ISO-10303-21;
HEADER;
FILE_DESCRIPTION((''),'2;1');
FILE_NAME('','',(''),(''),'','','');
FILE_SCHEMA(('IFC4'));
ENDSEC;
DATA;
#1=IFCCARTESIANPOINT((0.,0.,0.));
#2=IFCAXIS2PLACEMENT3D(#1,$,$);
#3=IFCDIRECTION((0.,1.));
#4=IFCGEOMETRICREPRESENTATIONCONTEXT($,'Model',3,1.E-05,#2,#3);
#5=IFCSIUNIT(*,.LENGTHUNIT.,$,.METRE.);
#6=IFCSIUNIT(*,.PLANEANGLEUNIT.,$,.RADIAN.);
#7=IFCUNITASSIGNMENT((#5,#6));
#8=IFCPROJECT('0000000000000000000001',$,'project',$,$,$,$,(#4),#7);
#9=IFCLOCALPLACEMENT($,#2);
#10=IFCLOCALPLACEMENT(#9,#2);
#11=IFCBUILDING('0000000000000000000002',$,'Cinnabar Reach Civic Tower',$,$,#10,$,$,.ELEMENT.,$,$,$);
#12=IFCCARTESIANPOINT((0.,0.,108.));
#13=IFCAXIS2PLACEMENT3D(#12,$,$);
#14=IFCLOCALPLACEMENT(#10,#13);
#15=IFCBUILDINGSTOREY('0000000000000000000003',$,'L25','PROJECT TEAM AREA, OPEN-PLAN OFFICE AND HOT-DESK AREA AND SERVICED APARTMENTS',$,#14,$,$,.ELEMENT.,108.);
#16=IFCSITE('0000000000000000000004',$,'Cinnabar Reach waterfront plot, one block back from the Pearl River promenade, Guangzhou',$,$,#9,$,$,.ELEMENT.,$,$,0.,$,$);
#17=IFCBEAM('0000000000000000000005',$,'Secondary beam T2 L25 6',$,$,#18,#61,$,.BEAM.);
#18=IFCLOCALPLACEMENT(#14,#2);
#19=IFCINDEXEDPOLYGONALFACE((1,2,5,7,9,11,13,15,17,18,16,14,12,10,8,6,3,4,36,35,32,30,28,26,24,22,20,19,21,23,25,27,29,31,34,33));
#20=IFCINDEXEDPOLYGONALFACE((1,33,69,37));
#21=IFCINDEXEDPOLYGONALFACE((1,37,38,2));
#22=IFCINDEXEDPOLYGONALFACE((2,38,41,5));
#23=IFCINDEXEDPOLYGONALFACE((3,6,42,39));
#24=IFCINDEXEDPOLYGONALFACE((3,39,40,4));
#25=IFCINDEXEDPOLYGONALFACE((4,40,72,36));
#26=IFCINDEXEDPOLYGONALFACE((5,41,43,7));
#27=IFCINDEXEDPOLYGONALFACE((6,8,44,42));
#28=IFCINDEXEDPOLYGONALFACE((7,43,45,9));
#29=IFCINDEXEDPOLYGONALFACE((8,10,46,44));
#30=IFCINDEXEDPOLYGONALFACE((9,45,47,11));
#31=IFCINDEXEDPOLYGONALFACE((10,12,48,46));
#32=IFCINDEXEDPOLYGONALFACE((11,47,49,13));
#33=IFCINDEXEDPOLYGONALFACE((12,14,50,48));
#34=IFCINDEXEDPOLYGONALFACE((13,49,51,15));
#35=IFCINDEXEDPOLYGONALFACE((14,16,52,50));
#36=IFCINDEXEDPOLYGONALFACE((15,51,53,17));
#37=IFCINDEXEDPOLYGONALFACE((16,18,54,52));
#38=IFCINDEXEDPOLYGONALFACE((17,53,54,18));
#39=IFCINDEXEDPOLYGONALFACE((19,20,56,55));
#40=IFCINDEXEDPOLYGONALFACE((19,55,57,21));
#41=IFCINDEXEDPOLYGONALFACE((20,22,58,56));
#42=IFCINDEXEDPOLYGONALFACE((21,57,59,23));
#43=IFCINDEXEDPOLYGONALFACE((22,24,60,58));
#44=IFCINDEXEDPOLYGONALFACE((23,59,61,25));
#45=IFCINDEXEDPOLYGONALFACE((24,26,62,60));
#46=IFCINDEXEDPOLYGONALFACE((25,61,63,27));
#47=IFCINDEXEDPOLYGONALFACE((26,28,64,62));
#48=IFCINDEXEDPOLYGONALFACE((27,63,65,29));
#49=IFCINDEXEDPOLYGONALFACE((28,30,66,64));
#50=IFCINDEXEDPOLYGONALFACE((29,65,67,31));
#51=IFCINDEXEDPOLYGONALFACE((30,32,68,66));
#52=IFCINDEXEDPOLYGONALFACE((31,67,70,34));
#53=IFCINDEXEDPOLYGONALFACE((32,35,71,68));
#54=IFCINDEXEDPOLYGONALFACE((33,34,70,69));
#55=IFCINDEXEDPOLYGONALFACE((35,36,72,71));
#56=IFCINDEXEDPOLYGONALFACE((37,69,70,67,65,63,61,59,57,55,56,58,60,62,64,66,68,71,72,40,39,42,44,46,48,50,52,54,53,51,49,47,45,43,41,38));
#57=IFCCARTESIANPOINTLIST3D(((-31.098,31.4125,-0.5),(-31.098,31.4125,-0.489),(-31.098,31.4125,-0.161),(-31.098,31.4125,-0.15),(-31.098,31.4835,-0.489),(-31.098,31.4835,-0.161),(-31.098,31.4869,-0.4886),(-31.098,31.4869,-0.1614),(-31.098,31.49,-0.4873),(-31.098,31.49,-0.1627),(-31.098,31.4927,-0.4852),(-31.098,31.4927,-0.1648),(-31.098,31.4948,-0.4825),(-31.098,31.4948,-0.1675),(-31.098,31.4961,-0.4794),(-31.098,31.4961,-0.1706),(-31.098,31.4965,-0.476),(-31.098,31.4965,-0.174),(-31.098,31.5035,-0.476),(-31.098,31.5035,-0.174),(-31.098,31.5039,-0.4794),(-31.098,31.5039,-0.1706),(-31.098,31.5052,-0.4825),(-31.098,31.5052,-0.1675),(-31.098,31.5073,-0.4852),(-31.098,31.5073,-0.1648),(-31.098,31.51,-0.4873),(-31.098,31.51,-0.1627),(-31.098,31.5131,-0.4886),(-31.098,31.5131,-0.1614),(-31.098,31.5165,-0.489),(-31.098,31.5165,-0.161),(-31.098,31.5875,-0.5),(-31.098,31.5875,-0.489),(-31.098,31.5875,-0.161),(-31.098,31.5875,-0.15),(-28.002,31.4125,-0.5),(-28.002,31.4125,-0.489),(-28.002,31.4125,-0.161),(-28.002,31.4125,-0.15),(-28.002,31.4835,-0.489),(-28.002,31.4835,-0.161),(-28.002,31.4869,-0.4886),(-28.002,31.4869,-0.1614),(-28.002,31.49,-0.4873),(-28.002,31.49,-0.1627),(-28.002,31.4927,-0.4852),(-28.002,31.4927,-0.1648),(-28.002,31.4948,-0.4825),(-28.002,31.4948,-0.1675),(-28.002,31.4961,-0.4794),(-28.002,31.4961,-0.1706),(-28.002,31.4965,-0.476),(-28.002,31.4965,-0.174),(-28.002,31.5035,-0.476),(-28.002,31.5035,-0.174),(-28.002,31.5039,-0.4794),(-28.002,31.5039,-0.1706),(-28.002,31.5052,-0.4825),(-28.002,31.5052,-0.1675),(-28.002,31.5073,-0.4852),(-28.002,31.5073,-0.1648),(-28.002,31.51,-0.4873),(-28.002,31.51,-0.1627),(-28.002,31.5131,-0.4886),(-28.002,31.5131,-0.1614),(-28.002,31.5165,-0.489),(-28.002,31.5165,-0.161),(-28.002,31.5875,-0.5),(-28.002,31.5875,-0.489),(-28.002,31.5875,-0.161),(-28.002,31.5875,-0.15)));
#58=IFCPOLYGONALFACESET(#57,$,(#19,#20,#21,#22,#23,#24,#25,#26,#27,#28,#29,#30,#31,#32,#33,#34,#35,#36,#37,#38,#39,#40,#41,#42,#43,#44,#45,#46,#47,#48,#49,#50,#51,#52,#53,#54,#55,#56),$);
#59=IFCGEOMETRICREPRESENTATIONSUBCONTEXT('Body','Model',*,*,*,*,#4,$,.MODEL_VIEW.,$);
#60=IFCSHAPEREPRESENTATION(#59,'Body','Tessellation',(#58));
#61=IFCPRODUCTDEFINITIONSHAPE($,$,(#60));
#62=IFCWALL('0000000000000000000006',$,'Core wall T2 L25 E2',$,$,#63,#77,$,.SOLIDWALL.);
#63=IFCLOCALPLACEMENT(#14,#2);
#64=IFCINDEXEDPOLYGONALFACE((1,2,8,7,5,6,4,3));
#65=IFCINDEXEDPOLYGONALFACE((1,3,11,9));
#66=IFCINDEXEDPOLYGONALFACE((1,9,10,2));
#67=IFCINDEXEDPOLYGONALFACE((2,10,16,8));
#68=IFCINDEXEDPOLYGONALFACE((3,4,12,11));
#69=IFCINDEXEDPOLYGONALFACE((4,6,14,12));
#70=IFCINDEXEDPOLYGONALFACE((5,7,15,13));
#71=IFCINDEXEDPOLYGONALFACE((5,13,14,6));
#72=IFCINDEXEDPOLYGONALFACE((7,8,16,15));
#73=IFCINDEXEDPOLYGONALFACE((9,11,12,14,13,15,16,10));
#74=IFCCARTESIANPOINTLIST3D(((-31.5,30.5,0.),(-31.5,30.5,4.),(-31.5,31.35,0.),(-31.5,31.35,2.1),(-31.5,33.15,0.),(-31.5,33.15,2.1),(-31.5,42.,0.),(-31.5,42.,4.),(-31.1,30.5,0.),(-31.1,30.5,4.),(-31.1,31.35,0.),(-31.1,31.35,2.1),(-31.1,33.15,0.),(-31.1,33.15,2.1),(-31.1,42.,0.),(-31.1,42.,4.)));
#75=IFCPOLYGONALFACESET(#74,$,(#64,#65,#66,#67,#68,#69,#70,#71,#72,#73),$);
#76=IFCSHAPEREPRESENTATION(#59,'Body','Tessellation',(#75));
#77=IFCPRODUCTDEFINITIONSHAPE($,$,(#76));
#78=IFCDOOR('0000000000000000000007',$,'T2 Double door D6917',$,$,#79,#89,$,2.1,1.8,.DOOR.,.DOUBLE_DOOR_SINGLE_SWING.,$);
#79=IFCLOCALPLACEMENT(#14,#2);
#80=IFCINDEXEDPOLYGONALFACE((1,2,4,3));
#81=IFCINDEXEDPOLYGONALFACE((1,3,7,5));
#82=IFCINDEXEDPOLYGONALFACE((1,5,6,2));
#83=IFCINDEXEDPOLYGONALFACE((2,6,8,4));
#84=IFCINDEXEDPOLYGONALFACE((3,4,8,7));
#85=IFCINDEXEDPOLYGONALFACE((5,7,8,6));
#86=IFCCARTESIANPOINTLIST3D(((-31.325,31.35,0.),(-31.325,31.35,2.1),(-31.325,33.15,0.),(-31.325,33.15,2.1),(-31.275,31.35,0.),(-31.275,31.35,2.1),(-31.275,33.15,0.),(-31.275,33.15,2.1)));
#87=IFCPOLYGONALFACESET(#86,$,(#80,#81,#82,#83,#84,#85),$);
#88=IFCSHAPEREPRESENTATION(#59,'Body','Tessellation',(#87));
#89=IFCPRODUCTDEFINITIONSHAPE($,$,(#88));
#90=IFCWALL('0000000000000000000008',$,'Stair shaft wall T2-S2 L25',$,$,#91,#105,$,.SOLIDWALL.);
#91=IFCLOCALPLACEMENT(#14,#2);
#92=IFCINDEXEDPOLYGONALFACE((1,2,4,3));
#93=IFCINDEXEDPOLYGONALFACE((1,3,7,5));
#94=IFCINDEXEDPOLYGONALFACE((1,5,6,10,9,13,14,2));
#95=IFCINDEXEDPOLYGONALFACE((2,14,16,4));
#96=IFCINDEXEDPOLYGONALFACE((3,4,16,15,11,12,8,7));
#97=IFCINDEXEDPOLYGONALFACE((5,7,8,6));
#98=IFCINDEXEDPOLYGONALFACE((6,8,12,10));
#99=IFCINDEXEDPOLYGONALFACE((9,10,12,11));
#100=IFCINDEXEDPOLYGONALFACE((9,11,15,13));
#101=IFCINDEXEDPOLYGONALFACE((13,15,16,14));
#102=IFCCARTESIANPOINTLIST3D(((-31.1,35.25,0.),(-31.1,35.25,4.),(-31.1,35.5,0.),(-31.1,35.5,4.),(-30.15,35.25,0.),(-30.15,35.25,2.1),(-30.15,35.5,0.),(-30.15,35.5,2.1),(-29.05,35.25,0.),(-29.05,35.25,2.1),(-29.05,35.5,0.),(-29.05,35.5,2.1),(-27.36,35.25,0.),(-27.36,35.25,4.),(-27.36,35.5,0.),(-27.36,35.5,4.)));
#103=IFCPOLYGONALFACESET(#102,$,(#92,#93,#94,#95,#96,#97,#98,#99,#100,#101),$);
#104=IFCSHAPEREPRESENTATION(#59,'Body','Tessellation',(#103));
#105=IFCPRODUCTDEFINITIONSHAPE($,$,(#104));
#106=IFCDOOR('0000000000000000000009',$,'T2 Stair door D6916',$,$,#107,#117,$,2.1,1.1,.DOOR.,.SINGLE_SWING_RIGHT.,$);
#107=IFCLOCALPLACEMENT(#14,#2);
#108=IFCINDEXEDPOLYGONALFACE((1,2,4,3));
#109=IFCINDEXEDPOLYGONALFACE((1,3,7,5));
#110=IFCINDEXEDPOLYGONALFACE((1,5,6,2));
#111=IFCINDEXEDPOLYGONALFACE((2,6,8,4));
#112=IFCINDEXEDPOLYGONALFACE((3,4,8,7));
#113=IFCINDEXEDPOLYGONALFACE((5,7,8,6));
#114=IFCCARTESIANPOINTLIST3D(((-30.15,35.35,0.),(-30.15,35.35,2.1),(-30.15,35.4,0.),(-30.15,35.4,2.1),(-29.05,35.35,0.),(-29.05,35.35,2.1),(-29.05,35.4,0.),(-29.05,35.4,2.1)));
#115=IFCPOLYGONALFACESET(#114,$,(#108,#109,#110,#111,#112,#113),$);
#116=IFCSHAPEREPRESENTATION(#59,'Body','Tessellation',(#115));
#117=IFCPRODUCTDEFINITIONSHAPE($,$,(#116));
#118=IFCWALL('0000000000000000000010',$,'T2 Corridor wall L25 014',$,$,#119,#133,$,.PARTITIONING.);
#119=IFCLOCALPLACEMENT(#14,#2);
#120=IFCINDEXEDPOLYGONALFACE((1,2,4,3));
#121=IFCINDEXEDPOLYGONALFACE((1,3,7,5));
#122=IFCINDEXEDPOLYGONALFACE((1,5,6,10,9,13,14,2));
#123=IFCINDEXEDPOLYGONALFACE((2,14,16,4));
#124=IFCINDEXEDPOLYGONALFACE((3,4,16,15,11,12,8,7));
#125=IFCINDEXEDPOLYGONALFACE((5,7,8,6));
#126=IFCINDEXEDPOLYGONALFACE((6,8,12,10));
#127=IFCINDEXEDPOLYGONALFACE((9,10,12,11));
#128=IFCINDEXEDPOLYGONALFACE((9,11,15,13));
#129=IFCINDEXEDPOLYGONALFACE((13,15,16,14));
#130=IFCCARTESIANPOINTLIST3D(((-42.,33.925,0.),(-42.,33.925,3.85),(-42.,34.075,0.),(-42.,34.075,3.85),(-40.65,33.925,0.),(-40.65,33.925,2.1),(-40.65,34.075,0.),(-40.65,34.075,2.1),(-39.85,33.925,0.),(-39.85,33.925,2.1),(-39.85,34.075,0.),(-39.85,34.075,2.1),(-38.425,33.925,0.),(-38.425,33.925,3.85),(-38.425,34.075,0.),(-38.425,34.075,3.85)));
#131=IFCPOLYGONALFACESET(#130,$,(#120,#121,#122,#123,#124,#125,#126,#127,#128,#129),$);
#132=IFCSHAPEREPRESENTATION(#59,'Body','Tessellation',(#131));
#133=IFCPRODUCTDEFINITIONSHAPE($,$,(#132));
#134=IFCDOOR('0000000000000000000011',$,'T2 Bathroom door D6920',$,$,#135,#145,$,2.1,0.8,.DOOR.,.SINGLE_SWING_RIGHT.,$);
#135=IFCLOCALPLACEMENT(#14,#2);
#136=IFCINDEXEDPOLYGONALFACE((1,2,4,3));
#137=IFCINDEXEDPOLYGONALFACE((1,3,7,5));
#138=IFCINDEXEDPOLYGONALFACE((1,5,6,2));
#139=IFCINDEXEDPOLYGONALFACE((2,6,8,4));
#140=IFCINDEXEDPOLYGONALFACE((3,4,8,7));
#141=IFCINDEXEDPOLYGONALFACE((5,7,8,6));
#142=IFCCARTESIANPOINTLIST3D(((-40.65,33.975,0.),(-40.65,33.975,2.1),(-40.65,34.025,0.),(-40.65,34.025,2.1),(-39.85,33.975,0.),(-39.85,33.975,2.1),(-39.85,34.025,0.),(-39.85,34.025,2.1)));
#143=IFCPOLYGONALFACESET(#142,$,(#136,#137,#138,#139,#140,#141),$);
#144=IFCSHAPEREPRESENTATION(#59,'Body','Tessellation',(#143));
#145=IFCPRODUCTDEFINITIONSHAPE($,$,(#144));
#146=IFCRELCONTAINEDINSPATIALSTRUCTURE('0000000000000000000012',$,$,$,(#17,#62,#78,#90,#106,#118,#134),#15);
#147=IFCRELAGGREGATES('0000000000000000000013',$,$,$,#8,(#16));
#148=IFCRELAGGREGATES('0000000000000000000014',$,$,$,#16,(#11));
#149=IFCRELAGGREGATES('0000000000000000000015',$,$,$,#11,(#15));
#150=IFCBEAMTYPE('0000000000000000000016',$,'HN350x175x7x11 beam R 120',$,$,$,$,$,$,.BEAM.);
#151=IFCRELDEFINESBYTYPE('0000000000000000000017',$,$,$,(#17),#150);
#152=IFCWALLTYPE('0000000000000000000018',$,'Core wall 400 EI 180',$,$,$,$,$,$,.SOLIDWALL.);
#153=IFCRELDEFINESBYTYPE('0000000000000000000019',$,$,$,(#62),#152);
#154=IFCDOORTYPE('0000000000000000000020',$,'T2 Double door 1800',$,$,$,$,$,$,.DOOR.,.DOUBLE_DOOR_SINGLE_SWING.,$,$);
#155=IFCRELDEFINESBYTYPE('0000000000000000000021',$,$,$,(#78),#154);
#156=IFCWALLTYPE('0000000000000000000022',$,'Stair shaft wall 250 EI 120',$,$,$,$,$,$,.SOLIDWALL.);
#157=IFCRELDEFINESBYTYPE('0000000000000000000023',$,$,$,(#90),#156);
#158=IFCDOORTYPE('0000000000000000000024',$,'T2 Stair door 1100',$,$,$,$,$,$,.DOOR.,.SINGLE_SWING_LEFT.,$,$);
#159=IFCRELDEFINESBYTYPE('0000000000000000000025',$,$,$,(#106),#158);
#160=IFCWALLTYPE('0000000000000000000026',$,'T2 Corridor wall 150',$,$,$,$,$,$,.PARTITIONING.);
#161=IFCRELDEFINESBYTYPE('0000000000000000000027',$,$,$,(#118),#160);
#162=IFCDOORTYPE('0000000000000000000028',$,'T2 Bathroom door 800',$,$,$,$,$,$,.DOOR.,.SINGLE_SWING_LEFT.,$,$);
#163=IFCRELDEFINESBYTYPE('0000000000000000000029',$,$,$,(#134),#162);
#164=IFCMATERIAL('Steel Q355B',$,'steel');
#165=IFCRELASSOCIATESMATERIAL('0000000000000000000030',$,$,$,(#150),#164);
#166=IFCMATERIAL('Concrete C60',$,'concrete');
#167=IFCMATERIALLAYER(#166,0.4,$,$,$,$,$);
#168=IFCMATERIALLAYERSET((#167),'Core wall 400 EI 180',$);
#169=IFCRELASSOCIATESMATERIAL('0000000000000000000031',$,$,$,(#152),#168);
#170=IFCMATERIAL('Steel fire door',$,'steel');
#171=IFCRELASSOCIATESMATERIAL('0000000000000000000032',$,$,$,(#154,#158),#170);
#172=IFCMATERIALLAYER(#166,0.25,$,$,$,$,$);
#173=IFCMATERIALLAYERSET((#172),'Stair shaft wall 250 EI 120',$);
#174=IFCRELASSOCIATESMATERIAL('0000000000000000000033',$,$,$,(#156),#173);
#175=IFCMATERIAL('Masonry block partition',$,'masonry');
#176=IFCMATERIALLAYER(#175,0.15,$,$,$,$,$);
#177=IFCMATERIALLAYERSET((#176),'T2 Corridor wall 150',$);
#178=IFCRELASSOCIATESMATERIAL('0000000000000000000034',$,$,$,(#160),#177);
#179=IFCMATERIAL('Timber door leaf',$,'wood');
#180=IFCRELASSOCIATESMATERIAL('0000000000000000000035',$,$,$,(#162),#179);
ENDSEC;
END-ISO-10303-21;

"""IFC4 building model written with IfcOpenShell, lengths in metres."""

from ifc_helpers import new_model, si_unit, direction, frame, frame_2d, origin, origin_2d, place, context, subcontext, project, spatial, rectangle, i_section, extrude, material, layer, layer_set, material_profile, profile_set, type_object, element, fill, save


model = new_model("IFC4")

# Units and contexts
model_context = context("Model", 3, precision=1e-05, world=origin(), true_north=direction((0.0, 1.0)))
body_context = subcontext(model_context, "Body", "Model", "MODEL_VIEW")
ifc_project = project(units=[si_unit("LENGTHUNIT", "METRE"), si_unit("PLANEANGLEUNIT", "RADIAN")], contexts=[model_context])

# Site, building, storey
site_placement = place(None, origin())
site = spatial("IfcSite", under=ifc_project, at=site_placement, Name="Cinnabar Reach waterfront plot, one block back from the Pearl River promenade, Guangzhou", CompositionType="ELEMENT", RefElevation=0.0)
building_placement = place(site_placement, origin())
building = spatial("IfcBuilding", under=site, at=building_placement, Name="Cinnabar Reach Civic Tower", CompositionType="ELEMENT")
storey_placement = place(building_placement, frame((0.0, 0.0, 108.0)))
storey = spatial("IfcBuildingStorey", under=building, at=storey_placement, Name="L25", Description="PROJECT TEAM AREA, OPEN-PLAN OFFICE AND HOT-DESK AREA AND SERVICED APARTMENTS", CompositionType="ELEMENT", Elevation=108.0)

# Beam
ifc_material_1 = material(Name="Steel Q355B", Category="steel")
ifc_material_profile = material_profile(ifc_material_1, i_section(OverallWidth=0.175, OverallDepth=0.35, WebThickness=0.007, FlangeThickness=0.011, FilletRadius=0.013, at=origin_2d()), Name="HN350x175x7x11")
ifc_profile_set = profile_set([ifc_material_profile], Name="Steel Q355B")
beam_type = type_object("IfcBeamType", Name="HN350x175x7x11 beam R 120", PredefinedType="BEAM", material=ifc_profile_set)
beam_placement = place(storey_placement, frame((-31.098, 31.5, -0.325), z_axis=(1.0, 0.0, 0.0), x_axis=(0.0, 1.0, 0.0)))
element("IfcBeam", 1, at=beam_placement, inside=storey, type_object=beam_type, Name="Secondary beam T2 L25 6", PredefinedType="BEAM", context=body_context, shape_type="SweptSolid", body=[
    extrude(i_section(OverallWidth=0.175, OverallDepth=0.35, WebThickness=0.007, FlangeThickness=0.011, FilletRadius=0.013, at=origin_2d()), origin(), (0.0, 0.0, 1.0), 3.096),
])

# Walls, openings, doors
ifc_material_2 = material(Name="Concrete C60", Category="concrete")
ifc_layer_1 = layer(ifc_material_2, 0.4)
ifc_layer_set_1 = layer_set([ifc_layer_1], Name="Core wall 400 EI 180")
wall_type_1 = type_object("IfcWallType", Name="Core wall 400 EI 180", PredefinedType="SOLIDWALL", material=ifc_layer_set_1)
wall_1_placement = place(storey_placement, frame((-31.3, 30.5, 0.0), z_axis=(0.0, 0.0, 1.0), x_axis=(0.0, 1.0, 0.0)))
wall_1 = element("IfcWall", 2, at=wall_1_placement, inside=storey, type_object=wall_type_1, Name="Core wall T2 L25 E2", PredefinedType="SOLIDWALL", context=body_context, shape_type="SweptSolid", body=[
    extrude(rectangle(XDim=11.5, YDim=0.4, at=frame_2d((5.75, 0.0))), origin(), (0.0, 0.0, 1.0), 4.0),
])
opening_1_placement = place(wall_1_placement, frame((0.85, 0.0, 0.0)))
opening_1 = element("IfcOpeningElement", 3, at=opening_1_placement, cuts=wall_1, PredefinedType="OPENING", context=body_context, shape_type="SweptSolid", body=[
    extrude(rectangle(XDim=1.8, YDim=2.1, at=frame_2d((0.9, 1.05))), frame((0.0, 0.21, 0.0), z_axis=(0.0, -1.0, 0.0), x_axis=(1.0, 0.0, 0.0)), (0.0, 0.0, 1.0), 0.42),
])
ifc_material_3 = material(Name="Steel fire door", Category="steel")
door_type_1 = type_object("IfcDoorType", Name="T2 Double door 1800", OperationType="DOUBLE_DOOR_SINGLE_SWING", PredefinedType="DOOR", material=ifc_material_3)
door_1_placement = place(opening_1_placement, origin())
door_1 = element("IfcDoor", 4, at=door_1_placement, inside=storey, type_object=door_type_1, Name="T2 Double door D6917", OperationType="DOUBLE_DOOR_SINGLE_SWING", OverallHeight=2.1, OverallWidth=1.8, PredefinedType="DOOR", context=body_context, shape_type="SweptSolid", body=[
    extrude(rectangle(XDim=1.8, YDim=2.1, at=frame_2d((0.9, 1.05))), frame((0.0, 0.025, 0.0), z_axis=(0.0, -1.0, 0.0), x_axis=(1.0, 0.0, 0.0)), (0.0, 0.0, 1.0), 0.05),
])
fill(opening_1, door_1)
ifc_layer_2 = layer(ifc_material_2, 0.25)
ifc_layer_set_2 = layer_set([ifc_layer_2], Name="Stair shaft wall 250 EI 120")
wall_type_2 = type_object("IfcWallType", Name="Stair shaft wall 250 EI 120", PredefinedType="SOLIDWALL", material=ifc_layer_set_2)
wall_2_placement = place(storey_placement, frame((-31.1, 35.375, 0.0), z_axis=(0.0, 0.0, 1.0), x_axis=(1.0, 0.0, 0.0)))
wall_2 = element("IfcWall", 5, at=wall_2_placement, inside=storey, type_object=wall_type_2, Name="Stair shaft wall T2-S2 L25", PredefinedType="SOLIDWALL", context=body_context, shape_type="SweptSolid", body=[
    extrude(rectangle(XDim=3.74, YDim=0.25, at=frame_2d((1.87, 0.0))), origin(), (0.0, 0.0, 1.0), 4.0),
])
opening_2_placement = place(wall_2_placement, frame((0.95, 0.0, 0.0)))
opening_2 = element("IfcOpeningElement", 6, at=opening_2_placement, cuts=wall_2, PredefinedType="OPENING", context=body_context, shape_type="SweptSolid", body=[
    extrude(rectangle(XDim=1.1, YDim=2.1, at=frame_2d((0.55, 1.05))), frame((0.0, 0.135, 0.0), z_axis=(0.0, -1.0, 0.0), x_axis=(1.0, 0.0, 0.0)), (0.0, 0.0, 1.0), 0.27),
])
door_type_2 = type_object("IfcDoorType", Name="T2 Stair door 1100", OperationType="SINGLE_SWING_LEFT", PredefinedType="DOOR", material=ifc_material_3)
door_2_placement = place(opening_2_placement, origin())
door_2 = element("IfcDoor", 7, at=door_2_placement, inside=storey, type_object=door_type_2, Name="T2 Stair door D6916", OperationType="SINGLE_SWING_RIGHT", OverallHeight=2.1, OverallWidth=1.1, PredefinedType="DOOR", context=body_context, shape_type="SweptSolid", body=[
    extrude(rectangle(XDim=1.1, YDim=2.1, at=frame_2d((0.55, 1.05))), frame((0.0, 0.025, 0.0), z_axis=(0.0, -1.0, 0.0), x_axis=(1.0, 0.0, 0.0)), (0.0, 0.0, 1.0), 0.05),
])
fill(opening_2, door_2)
ifc_material_4 = material(Name="Masonry block partition", Category="masonry")
ifc_layer_3 = layer(ifc_material_4, 0.15)
ifc_layer_set_3 = layer_set([ifc_layer_3], Name="T2 Corridor wall 150")
wall_type_3 = type_object("IfcWallType", Name="T2 Corridor wall 150", PredefinedType="PARTITIONING", material=ifc_layer_set_3)
wall_3_placement = place(storey_placement, frame((-38.425, 34.0, 0.0), z_axis=(0.0, 0.0, 1.0), x_axis=(-1.0, 0.0, 0.0)))
wall_3 = element("IfcWall", 8, at=wall_3_placement, inside=storey, type_object=wall_type_3, Name="T2 Corridor wall L25 014", PredefinedType="PARTITIONING", context=body_context, shape_type="SweptSolid", body=[
    extrude(rectangle(XDim=3.575, YDim=0.15, at=frame_2d((1.7875, 0.0))), origin(), (0.0, 0.0, 1.0), 3.85),
])
opening_3_placement = place(wall_3_placement, frame((1.425, 0.0, 0.0)))
opening_3 = element("IfcOpeningElement", 9, at=opening_3_placement, cuts=wall_3, PredefinedType="OPENING", context=body_context, shape_type="SweptSolid", body=[
    extrude(rectangle(XDim=0.8, YDim=2.1, at=frame_2d((0.4, 1.05))), frame((0.0, 0.085, 0.0), z_axis=(0.0, -1.0, 0.0), x_axis=(1.0, 0.0, 0.0)), (0.0, 0.0, 1.0), 0.17),
])
ifc_material_5 = material(Name="Timber door leaf", Category="wood")
door_type_3 = type_object("IfcDoorType", Name="T2 Bathroom door 800", OperationType="SINGLE_SWING_LEFT", PredefinedType="DOOR", material=ifc_material_5)
door_3_placement = place(opening_3_placement, frame((0.8, 0.0, 0.0), z_axis=(0.0, 0.0, 1.0), x_axis=(-1.0, 0.0, 0.0)))
door_3 = element("IfcDoor", 10, at=door_3_placement, inside=storey, type_object=door_type_3, Name="T2 Bathroom door D6920", OperationType="SINGLE_SWING_RIGHT", OverallHeight=2.1, OverallWidth=0.8, PredefinedType="DOOR", context=body_context, shape_type="SweptSolid", body=[
    extrude(rectangle(XDim=0.8, YDim=2.1, at=frame_2d((0.4, 1.05))), frame((0.0, 0.025, 0.0), z_axis=(0.0, -1.0, 0.0), x_axis=(1.0, 0.0, 0.0)), (0.0, 0.0, 1.0), 0.05),
])
fill(opening_3, door_3)

save(model, "model.ifc")
